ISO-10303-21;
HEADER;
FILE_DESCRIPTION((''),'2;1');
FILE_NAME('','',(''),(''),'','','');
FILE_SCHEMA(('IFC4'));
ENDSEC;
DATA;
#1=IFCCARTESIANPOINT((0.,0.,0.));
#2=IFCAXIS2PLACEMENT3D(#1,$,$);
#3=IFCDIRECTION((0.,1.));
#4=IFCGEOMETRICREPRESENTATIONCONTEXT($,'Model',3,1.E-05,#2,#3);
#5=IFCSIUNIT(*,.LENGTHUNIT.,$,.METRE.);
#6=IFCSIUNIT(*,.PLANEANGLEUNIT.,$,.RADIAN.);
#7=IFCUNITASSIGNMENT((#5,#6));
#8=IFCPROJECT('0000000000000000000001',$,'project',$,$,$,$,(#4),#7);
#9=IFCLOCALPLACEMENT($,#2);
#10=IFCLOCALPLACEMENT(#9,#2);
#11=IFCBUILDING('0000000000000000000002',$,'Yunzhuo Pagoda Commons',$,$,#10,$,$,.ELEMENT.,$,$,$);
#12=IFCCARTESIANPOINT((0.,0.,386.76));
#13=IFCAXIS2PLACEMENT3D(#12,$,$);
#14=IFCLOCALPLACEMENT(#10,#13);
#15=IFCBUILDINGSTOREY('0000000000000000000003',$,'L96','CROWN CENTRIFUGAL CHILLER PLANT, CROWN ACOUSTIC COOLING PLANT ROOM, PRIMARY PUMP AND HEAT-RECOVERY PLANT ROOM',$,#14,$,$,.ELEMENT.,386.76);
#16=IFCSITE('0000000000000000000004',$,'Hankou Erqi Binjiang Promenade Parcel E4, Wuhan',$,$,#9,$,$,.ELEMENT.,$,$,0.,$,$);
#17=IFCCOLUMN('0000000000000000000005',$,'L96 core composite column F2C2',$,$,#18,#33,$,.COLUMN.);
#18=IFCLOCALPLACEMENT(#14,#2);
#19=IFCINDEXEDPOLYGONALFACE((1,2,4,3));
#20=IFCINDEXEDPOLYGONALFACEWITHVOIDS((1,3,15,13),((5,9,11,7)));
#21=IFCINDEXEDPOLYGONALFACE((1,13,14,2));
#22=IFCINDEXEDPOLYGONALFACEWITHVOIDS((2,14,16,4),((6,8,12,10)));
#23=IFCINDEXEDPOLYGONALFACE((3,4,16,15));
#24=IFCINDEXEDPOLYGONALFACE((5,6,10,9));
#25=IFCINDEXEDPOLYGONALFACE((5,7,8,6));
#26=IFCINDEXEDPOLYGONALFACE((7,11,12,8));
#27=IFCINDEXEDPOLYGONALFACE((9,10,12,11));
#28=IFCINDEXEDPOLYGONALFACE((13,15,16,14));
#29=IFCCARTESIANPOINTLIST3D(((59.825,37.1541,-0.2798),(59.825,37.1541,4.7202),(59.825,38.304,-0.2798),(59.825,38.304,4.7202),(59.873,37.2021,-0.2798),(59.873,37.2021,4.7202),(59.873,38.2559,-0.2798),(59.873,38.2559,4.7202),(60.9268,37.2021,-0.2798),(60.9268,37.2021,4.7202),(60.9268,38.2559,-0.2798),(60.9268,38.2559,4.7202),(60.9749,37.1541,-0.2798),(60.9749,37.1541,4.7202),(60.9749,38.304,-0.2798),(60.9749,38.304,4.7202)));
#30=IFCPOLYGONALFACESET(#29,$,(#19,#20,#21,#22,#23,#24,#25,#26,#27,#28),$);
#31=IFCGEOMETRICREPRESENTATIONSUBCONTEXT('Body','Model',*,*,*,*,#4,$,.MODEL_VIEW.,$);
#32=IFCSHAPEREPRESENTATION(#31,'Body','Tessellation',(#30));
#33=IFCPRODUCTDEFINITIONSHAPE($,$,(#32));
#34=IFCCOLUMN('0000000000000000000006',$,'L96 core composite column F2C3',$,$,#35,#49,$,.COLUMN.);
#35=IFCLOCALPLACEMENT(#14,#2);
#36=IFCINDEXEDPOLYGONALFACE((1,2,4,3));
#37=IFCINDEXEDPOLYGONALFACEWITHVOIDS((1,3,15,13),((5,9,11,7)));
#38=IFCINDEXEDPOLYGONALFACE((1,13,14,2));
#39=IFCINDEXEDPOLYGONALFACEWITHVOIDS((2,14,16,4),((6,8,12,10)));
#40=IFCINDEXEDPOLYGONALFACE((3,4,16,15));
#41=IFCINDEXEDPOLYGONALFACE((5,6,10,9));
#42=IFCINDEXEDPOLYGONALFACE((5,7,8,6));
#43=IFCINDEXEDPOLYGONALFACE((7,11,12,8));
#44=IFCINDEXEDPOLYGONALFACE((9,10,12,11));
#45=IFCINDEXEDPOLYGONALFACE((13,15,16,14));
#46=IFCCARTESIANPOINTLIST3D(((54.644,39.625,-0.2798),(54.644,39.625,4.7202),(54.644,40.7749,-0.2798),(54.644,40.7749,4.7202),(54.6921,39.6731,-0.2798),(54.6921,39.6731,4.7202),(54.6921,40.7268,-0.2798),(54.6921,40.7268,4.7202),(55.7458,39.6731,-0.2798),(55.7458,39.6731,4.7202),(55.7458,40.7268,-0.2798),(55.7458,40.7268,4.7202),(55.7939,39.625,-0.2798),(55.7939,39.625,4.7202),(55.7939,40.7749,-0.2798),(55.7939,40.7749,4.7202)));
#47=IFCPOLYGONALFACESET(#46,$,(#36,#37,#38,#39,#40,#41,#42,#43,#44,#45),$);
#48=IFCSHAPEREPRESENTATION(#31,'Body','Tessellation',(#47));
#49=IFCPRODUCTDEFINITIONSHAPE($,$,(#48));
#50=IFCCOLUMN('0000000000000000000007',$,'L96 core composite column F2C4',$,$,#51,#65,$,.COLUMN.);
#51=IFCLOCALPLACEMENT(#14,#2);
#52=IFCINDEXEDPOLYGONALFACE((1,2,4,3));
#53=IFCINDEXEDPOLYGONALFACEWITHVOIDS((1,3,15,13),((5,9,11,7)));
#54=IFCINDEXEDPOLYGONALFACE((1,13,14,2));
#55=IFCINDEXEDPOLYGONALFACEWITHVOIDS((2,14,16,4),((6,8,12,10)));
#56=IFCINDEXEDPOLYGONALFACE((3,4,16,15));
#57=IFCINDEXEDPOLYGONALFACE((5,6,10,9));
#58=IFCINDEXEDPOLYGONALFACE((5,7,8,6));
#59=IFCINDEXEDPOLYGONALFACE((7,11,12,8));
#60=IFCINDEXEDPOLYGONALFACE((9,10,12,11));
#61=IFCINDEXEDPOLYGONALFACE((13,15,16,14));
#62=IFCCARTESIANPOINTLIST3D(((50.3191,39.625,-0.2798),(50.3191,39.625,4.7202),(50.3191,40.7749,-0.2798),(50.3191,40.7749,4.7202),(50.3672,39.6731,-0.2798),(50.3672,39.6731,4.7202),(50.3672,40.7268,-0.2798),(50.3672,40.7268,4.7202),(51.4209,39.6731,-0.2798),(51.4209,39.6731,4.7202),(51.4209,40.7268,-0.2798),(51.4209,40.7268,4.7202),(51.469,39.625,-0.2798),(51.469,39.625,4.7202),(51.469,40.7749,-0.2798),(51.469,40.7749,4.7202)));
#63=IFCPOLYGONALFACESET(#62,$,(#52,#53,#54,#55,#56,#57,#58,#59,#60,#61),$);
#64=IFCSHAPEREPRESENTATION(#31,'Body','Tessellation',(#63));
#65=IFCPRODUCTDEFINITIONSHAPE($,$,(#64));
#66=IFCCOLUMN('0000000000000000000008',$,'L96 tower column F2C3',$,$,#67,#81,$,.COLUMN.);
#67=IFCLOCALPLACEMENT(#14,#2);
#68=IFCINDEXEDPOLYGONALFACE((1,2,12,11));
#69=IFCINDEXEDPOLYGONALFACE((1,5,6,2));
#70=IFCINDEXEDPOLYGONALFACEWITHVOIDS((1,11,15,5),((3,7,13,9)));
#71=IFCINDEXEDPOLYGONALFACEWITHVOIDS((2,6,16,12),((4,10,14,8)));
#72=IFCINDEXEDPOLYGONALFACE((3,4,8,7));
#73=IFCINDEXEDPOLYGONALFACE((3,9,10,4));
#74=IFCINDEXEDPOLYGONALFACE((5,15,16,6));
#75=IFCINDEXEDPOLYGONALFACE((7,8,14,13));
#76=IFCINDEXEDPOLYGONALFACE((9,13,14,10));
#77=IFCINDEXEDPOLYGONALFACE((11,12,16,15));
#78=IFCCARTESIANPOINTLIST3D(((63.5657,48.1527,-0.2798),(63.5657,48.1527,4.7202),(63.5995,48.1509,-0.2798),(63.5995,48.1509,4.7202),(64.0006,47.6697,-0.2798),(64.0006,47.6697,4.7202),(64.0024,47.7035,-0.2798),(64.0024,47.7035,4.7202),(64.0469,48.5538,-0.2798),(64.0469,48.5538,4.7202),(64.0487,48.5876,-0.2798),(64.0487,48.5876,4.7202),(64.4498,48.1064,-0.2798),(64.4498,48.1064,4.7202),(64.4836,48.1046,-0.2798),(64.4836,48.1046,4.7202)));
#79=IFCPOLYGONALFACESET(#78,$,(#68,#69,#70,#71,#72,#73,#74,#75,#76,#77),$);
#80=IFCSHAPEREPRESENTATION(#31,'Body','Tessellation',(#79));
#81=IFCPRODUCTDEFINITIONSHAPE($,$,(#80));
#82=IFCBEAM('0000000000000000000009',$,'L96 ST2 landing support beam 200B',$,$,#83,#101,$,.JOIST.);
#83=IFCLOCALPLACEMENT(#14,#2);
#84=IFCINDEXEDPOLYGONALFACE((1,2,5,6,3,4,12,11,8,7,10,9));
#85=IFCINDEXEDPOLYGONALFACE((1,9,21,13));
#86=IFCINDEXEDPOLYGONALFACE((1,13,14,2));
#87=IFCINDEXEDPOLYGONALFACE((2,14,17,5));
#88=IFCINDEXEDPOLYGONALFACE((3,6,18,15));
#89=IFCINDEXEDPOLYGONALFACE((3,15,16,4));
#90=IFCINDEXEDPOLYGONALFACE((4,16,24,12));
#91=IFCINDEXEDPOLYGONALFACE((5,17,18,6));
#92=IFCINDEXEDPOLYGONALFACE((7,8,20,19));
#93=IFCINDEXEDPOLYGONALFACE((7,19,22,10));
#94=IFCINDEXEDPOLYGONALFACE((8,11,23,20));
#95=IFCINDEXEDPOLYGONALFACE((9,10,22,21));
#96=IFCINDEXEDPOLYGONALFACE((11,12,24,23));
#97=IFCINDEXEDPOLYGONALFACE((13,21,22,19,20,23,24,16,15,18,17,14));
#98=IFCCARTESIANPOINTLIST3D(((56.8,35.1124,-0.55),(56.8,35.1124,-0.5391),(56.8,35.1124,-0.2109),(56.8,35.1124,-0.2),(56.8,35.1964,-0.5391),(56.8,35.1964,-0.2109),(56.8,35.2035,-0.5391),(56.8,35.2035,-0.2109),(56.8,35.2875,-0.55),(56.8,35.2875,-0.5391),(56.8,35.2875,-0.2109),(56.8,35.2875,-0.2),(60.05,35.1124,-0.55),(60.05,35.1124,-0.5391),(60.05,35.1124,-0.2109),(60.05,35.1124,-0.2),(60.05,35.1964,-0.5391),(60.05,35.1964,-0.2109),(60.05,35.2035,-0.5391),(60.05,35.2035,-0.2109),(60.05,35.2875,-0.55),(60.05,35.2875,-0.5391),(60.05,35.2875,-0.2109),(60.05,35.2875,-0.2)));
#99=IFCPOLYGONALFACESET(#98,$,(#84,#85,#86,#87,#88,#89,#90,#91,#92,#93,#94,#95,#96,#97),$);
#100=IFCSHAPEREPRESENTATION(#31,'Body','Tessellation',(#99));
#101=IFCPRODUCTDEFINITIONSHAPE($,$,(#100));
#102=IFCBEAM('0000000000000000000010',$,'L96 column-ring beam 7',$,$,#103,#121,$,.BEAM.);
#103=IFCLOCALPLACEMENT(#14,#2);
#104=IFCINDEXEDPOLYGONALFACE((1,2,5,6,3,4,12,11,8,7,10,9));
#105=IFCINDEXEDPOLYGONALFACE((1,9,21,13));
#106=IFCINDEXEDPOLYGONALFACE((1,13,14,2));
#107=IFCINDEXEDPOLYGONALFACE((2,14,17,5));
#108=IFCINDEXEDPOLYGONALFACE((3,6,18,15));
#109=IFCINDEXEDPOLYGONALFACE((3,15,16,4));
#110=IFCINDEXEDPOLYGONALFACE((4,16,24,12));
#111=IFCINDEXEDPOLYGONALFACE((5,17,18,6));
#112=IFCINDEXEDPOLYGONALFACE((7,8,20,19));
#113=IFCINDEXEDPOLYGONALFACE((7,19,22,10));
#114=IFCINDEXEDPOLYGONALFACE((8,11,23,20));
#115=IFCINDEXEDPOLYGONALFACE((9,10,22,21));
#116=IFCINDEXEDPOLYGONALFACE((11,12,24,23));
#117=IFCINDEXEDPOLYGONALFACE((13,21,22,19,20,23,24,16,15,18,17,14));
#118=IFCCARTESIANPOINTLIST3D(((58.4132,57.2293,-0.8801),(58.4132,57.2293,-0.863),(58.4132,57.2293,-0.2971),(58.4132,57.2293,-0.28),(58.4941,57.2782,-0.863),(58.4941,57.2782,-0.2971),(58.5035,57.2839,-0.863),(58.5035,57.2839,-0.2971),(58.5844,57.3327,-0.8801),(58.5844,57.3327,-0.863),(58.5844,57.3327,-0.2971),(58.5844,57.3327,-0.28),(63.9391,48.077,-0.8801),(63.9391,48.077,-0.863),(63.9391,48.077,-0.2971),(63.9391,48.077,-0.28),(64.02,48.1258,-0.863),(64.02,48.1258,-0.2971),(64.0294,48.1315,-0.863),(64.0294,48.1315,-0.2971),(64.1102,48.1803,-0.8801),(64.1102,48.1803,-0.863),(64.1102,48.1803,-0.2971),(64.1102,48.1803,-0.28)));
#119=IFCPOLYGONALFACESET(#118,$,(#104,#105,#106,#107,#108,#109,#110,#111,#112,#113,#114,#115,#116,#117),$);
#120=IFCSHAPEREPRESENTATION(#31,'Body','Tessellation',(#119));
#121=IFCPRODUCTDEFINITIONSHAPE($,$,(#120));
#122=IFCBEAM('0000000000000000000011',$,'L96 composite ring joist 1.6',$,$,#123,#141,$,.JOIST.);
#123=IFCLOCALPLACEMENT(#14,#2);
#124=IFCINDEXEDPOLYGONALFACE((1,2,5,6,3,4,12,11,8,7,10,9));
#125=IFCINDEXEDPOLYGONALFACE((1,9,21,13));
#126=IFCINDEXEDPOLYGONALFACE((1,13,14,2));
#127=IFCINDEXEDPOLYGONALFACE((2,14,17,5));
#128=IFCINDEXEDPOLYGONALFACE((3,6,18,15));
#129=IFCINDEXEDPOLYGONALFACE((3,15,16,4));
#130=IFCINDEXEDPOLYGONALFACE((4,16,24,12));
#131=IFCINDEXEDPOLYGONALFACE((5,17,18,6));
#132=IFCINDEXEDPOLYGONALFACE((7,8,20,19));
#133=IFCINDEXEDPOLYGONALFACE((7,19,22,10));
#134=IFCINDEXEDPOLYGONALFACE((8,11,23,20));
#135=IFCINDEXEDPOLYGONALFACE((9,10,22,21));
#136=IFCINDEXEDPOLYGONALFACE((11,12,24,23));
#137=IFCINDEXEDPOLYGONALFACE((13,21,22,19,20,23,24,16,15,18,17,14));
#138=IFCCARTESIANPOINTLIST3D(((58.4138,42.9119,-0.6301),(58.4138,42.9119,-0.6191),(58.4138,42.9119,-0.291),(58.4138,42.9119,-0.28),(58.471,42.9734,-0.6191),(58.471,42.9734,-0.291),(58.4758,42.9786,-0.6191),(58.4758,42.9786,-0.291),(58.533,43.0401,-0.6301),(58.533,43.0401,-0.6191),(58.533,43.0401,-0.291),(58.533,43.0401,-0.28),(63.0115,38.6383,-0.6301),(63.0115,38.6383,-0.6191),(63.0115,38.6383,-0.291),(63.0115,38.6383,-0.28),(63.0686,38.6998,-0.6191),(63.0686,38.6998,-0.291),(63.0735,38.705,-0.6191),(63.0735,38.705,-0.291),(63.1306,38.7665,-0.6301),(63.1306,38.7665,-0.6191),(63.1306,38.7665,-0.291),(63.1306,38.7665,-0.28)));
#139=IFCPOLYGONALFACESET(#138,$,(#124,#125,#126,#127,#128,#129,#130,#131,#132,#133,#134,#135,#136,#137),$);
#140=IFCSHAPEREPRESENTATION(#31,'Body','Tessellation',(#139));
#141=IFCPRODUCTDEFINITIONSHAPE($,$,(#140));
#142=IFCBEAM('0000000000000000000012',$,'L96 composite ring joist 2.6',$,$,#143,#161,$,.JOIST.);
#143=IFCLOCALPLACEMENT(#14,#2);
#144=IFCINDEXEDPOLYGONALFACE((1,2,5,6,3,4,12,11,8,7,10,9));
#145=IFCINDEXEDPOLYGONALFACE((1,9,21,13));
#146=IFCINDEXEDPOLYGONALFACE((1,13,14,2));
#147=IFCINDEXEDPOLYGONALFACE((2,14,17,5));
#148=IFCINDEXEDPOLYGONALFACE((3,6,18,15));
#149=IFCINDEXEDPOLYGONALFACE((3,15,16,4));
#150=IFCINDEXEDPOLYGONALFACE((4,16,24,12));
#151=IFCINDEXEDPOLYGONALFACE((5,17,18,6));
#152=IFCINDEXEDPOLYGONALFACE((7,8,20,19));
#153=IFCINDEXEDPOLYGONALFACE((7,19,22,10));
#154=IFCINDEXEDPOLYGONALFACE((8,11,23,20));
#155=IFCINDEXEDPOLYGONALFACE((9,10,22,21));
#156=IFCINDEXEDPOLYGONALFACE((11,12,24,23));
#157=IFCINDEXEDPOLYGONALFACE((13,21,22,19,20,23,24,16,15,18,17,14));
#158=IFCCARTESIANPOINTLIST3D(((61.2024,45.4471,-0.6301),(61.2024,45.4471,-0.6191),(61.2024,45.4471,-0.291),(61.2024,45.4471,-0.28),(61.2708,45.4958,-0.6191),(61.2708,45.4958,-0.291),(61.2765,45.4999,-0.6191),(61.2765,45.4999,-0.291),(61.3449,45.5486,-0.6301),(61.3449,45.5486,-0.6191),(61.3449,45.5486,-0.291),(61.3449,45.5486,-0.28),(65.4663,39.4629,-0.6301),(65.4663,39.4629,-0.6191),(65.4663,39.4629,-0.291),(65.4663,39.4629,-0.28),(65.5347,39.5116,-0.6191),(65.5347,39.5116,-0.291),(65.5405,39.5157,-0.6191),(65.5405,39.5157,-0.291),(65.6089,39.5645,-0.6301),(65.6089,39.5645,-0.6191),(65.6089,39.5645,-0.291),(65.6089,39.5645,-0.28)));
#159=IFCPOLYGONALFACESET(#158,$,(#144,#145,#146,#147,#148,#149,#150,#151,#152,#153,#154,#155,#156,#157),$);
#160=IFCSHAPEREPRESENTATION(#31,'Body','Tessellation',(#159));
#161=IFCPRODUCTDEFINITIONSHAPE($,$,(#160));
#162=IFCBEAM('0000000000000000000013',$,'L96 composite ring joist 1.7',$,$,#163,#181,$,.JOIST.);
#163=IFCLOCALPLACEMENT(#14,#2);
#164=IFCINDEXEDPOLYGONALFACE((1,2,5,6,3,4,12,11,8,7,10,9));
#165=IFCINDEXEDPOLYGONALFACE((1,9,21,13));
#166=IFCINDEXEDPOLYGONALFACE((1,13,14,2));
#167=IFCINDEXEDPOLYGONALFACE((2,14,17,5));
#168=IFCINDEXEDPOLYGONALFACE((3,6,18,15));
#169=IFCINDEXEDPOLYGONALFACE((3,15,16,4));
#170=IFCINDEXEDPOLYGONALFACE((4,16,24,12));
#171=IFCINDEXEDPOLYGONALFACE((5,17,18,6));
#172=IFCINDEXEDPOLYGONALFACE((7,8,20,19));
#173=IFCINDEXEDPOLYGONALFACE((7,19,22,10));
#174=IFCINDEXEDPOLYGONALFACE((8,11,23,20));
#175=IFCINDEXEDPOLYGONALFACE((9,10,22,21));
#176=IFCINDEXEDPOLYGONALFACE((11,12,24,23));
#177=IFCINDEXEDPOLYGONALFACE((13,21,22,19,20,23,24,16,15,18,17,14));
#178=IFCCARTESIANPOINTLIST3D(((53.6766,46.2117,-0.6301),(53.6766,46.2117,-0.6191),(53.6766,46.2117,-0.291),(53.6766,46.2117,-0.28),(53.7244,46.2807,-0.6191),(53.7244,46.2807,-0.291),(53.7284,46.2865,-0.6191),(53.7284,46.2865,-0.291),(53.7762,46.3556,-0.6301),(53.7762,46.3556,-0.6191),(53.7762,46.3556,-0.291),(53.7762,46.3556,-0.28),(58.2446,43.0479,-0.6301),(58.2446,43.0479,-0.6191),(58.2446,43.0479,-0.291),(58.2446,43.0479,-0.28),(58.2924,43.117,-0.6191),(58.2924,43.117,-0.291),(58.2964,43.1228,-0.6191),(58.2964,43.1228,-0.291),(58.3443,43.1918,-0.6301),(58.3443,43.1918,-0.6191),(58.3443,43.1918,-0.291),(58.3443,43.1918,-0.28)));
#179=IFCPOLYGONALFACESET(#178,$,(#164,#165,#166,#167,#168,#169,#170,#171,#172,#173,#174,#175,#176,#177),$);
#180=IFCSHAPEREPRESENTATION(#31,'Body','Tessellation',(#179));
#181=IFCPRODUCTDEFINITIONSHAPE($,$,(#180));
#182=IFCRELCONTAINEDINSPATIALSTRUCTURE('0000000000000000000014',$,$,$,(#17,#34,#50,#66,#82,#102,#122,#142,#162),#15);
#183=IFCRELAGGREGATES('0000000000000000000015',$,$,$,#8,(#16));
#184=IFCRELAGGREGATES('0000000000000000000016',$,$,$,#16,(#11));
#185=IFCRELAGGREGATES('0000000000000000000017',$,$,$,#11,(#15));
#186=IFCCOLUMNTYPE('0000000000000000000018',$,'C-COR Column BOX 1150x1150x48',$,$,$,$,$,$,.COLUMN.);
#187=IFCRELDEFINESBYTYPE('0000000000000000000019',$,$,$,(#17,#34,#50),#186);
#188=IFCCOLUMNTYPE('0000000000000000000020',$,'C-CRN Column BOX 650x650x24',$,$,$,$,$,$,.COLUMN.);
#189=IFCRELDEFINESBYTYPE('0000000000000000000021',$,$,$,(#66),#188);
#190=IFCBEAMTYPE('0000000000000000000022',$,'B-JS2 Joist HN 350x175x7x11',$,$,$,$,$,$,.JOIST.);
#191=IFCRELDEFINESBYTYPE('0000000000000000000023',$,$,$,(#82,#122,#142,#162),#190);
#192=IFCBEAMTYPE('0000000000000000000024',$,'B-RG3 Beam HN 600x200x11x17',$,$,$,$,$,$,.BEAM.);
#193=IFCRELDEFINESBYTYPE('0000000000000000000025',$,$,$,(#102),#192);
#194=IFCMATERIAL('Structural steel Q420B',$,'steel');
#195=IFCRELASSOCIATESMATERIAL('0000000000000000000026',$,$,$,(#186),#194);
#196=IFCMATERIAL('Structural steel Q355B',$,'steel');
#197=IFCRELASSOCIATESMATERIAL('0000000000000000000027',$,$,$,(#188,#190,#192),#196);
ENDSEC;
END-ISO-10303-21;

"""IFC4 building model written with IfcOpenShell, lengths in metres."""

from ifc_helpers import new_model, si_unit, direction, frame, origin, origin_2d, place, context, subcontext, project, spatial, hollow_rectangle, i_section, extrude, source, transform, mapped, material, material_profile, profile_set, type_object, element, save


model = new_model("IFC4")

# Units and contexts
model_context = context("Model", 3, precision=1e-05, world=origin(), true_north=direction((0.0, 1.0)))
body_context = subcontext(model_context, "Body", "Model", "MODEL_VIEW")
ifc_project = project(units=[si_unit("LENGTHUNIT", "METRE"), si_unit("PLANEANGLEUNIT", "RADIAN")], contexts=[model_context])

# Site, building, storey
site_placement = place(None, origin())
site = spatial("IfcSite", under=ifc_project, at=site_placement, Name="Hankou Erqi Binjiang Promenade Parcel E4, Wuhan", CompositionType="ELEMENT", RefElevation=0.0)
building_placement = place(site_placement, origin())
building = spatial("IfcBuilding", under=site, at=building_placement, Name="Yunzhuo Pagoda Commons", CompositionType="ELEMENT")
storey_placement = place(building_placement, frame((0.0, 0.0, 386.76)))
storey = spatial("IfcBuildingStorey", under=building, at=storey_placement, Name="L96", Description="CROWN CENTRIFUGAL CHILLER PLANT, CROWN ACOUSTIC COOLING PLANT ROOM, PRIMARY PUMP AND HEAT-RECOVERY PLANT ROOM", CompositionType="ELEMENT", Elevation=386.76)

# Columns
ifc_material_1 = material(Name="Structural steel Q420B", Category="steel")
ifc_material_profile_1 = material_profile(ifc_material_1, hollow_rectangle(XDim=1.1499, YDim=1.1499, WallThickness=0.0481, at=origin_2d()), Name="Structural steel Q420B")
ifc_profile_set_1 = profile_set([ifc_material_profile_1], Name="Structural steel Q420B")
column_type_1 = type_object("IfcColumnType", Name="C-COR Column BOX 1150x1150x48", PredefinedType="COLUMN", material=ifc_profile_set_1)
shared_shape_1 = source(origin(), body_context, "Body", "SweptSolid", [
    extrude(hollow_rectangle(XDim=1.1499, YDim=1.1499, WallThickness=0.0481, at=origin_2d()), origin(), (0.0, 0.0, 1.0), 5.0),
])
for number, where, z_axis, x_axis, name in (
    (1, (60.3999, 37.729, -0.2798), (0.0, 0.0, 1.0), (1.0, 0.0, 0.0), "L96 core composite column F2C2"),
    (2, (55.219, 40.2, -0.2798), (0.0, 0.0, 1.0), (1.0, 0.0, 0.0), "L96 core composite column F2C3"),
    (3, (50.894, 40.2, -0.2798), (0.0, 0.0, 1.0), (1.0, 0.0, 0.0), "L96 core composite column F2C4"),
):
    element("IfcColumn", number, at=place(storey_placement, frame(where, z_axis=z_axis, x_axis=x_axis)), inside=storey, type_object=column_type_1, Name=name, PredefinedType="COLUMN", context=body_context, shape_type="MappedRepresentation", body=[
        mapped(shared_shape_1, transform((0.0, 0.0, 0.0), scale=1.0)),
    ])
ifc_material_2 = material(Name="Structural steel Q355B", Category="steel")
ifc_material_profile_2 = material_profile(ifc_material_2, hollow_rectangle(XDim=0.6499, YDim=0.6499, WallThickness=0.0239, at=origin_2d()), Name="Structural steel Q355B")
ifc_profile_set_2 = profile_set([ifc_material_profile_2], Name="Structural steel Q355B")
column_type_2 = type_object("IfcColumnType", Name="C-CRN Column BOX 650x650x24", PredefinedType="COLUMN", material=ifc_profile_set_2)
shared_shape_2 = source(origin(), body_context, "Body", "SweptSolid", [
    extrude(hollow_rectangle(XDim=0.6499, YDim=0.6499, WallThickness=0.0239, at=origin_2d()), origin(), (0.0, 0.0, 1.0), 5.0),
])
column_placement = place(storey_placement, frame((64.0247, 48.1287, -0.2798), z_axis=(0.0, 0.0, 1.0), x_axis=(-0.669131, 0.743145, 0.0)))
element("IfcColumn", 4, at=column_placement, inside=storey, type_object=column_type_2, Name="L96 tower column F2C3", PredefinedType="COLUMN", context=body_context, shape_type="MappedRepresentation", body=[
    mapped(shared_shape_2, transform((0.0, 0.0, 0.0), scale=1.0)),
])

# Beams
ifc_material_profile_3 = material_profile(ifc_material_2, i_section(OverallWidth=0.175, OverallDepth=0.3501, WebThickness=0.0071, FlangeThickness=0.011, at=origin_2d()), Name="Structural steel Q355B")
ifc_profile_set_3 = profile_set([ifc_material_profile_3], Name="Structural steel Q355B")
beam_type_1 = type_object("IfcBeamType", Name="B-JS2 Joist HN 350x175x7x11", PredefinedType="JOIST", material=ifc_profile_set_3)
shared_shape_3 = source(origin(), body_context, "Body", "SweptSolid", [
    extrude(i_section(OverallWidth=0.175, OverallDepth=0.3501, WebThickness=0.0071, FlangeThickness=0.011, at=origin_2d()), origin(), (0.0, 0.0, 1.0), 3.25),
])
beam_1_placement = place(storey_placement, frame((56.8, 35.2, -0.375), z_axis=(1.0, 0.0, 0.0), x_axis=(0.0, 1.0, 0.0)))
element("IfcBeam", 5, at=beam_1_placement, inside=storey, type_object=beam_type_1, Name="L96 ST2 landing support beam 200B", PredefinedType="JOIST", context=body_context, shape_type="MappedRepresentation", body=[
    mapped(shared_shape_3, transform((0.0, 0.0, 0.0), scale=1.0)),
])
ifc_material_profile_4 = material_profile(ifc_material_2, i_section(OverallWidth=0.2, OverallDepth=0.6001, WebThickness=0.011, FlangeThickness=0.0171, at=origin_2d()), Name="Structural steel Q355B")
ifc_profile_set_4 = profile_set([ifc_material_profile_4], Name="Structural steel Q355B")
beam_type_2 = type_object("IfcBeamType", Name="B-RG3 Beam HN 600x200x11x17", PredefinedType="BEAM", material=ifc_profile_set_4)
shared_shape_4 = source(origin(), body_context, "Body", "SweptSolid", [
    extrude(i_section(OverallWidth=0.2, OverallDepth=0.6001, WebThickness=0.011, FlangeThickness=0.0171, at=origin_2d()), origin(), (0.0, 0.0, 1.0), 10.6912),
])
beam_2_placement = place(storey_placement, frame((64.0247, 48.1287, -0.5801), z_axis=(-0.516865, 0.856067, 0.0), x_axis=(-0.856067, -0.516865, 0.0)))
element("IfcBeam", 6, at=beam_2_placement, inside=storey, type_object=beam_type_2, Name="L96 column-ring beam 7", PredefinedType="BEAM", context=body_context, shape_type="MappedRepresentation", body=[
    mapped(shared_shape_4, transform((0.0, 0.0, 0.0), scale=1.0)),
])
shared_shape_5 = source(origin(), body_context, "Body", "SweptSolid", [
    extrude(i_section(OverallWidth=0.175, OverallDepth=0.3501, WebThickness=0.0071, FlangeThickness=0.011, at=origin_2d()), origin(), (0.0, 0.0, 1.0), 6.2771),
])
beam_3_placement = place(storey_placement, frame((63.071, 38.7024, -0.4551), z_axis=(-0.732442, 0.68083, 0.0), x_axis=(-0.68083, -0.732442, 0.0)))
element("IfcBeam", 7, at=beam_3_placement, inside=storey, type_object=beam_type_1, Name="L96 composite ring joist 1.6", PredefinedType="JOIST", context=body_context, shape_type="MappedRepresentation", body=[
    mapped(shared_shape_5, transform((0.0, 0.0, 0.0), scale=1.0)),
])
shared_shape_6 = source(origin(), body_context, "Body", "SweptSolid", [
    extrude(i_section(OverallWidth=0.175, OverallDepth=0.3501, WebThickness=0.0071, FlangeThickness=0.011, at=origin_2d()), origin(), (0.0, 0.0, 1.0), 7.3479),
])
beam_4_placement = place(storey_placement, frame((65.5376, 39.5137, -0.4551), z_axis=(-0.580295, 0.814406, 0.0), x_axis=(-0.814406, -0.580295, 0.0)))
element("IfcBeam", 8, at=beam_4_placement, inside=storey, type_object=beam_type_1, Name="L96 composite ring joist 2.6", PredefinedType="JOIST", context=body_context, shape_type="MappedRepresentation", body=[
    mapped(shared_shape_6, transform((0.0, 0.0, 0.0), scale=1.0)),
])
shared_shape_7 = source(origin(), body_context, "Body", "SweptSolid", [
    extrude(i_section(OverallWidth=0.175, OverallDepth=0.3501, WebThickness=0.0071, FlangeThickness=0.011, at=origin_2d()), origin(), (0.0, 0.0, 1.0), 5.5566),
])
beam_5_placement = place(storey_placement, frame((58.2944, 43.1199, -0.4551), z_axis=(-0.822085, 0.569365, 0.0), x_axis=(-0.569365, -0.822085, 0.0)))
element("IfcBeam", 9, at=beam_5_placement, inside=storey, type_object=beam_type_1, Name="L96 composite ring joist 1.7", PredefinedType="JOIST", context=body_context, shape_type="MappedRepresentation", body=[
    mapped(shared_shape_7, transform((0.0, 0.0, 0.0), scale=1.0)),
])

save(model, "model.ifc")
